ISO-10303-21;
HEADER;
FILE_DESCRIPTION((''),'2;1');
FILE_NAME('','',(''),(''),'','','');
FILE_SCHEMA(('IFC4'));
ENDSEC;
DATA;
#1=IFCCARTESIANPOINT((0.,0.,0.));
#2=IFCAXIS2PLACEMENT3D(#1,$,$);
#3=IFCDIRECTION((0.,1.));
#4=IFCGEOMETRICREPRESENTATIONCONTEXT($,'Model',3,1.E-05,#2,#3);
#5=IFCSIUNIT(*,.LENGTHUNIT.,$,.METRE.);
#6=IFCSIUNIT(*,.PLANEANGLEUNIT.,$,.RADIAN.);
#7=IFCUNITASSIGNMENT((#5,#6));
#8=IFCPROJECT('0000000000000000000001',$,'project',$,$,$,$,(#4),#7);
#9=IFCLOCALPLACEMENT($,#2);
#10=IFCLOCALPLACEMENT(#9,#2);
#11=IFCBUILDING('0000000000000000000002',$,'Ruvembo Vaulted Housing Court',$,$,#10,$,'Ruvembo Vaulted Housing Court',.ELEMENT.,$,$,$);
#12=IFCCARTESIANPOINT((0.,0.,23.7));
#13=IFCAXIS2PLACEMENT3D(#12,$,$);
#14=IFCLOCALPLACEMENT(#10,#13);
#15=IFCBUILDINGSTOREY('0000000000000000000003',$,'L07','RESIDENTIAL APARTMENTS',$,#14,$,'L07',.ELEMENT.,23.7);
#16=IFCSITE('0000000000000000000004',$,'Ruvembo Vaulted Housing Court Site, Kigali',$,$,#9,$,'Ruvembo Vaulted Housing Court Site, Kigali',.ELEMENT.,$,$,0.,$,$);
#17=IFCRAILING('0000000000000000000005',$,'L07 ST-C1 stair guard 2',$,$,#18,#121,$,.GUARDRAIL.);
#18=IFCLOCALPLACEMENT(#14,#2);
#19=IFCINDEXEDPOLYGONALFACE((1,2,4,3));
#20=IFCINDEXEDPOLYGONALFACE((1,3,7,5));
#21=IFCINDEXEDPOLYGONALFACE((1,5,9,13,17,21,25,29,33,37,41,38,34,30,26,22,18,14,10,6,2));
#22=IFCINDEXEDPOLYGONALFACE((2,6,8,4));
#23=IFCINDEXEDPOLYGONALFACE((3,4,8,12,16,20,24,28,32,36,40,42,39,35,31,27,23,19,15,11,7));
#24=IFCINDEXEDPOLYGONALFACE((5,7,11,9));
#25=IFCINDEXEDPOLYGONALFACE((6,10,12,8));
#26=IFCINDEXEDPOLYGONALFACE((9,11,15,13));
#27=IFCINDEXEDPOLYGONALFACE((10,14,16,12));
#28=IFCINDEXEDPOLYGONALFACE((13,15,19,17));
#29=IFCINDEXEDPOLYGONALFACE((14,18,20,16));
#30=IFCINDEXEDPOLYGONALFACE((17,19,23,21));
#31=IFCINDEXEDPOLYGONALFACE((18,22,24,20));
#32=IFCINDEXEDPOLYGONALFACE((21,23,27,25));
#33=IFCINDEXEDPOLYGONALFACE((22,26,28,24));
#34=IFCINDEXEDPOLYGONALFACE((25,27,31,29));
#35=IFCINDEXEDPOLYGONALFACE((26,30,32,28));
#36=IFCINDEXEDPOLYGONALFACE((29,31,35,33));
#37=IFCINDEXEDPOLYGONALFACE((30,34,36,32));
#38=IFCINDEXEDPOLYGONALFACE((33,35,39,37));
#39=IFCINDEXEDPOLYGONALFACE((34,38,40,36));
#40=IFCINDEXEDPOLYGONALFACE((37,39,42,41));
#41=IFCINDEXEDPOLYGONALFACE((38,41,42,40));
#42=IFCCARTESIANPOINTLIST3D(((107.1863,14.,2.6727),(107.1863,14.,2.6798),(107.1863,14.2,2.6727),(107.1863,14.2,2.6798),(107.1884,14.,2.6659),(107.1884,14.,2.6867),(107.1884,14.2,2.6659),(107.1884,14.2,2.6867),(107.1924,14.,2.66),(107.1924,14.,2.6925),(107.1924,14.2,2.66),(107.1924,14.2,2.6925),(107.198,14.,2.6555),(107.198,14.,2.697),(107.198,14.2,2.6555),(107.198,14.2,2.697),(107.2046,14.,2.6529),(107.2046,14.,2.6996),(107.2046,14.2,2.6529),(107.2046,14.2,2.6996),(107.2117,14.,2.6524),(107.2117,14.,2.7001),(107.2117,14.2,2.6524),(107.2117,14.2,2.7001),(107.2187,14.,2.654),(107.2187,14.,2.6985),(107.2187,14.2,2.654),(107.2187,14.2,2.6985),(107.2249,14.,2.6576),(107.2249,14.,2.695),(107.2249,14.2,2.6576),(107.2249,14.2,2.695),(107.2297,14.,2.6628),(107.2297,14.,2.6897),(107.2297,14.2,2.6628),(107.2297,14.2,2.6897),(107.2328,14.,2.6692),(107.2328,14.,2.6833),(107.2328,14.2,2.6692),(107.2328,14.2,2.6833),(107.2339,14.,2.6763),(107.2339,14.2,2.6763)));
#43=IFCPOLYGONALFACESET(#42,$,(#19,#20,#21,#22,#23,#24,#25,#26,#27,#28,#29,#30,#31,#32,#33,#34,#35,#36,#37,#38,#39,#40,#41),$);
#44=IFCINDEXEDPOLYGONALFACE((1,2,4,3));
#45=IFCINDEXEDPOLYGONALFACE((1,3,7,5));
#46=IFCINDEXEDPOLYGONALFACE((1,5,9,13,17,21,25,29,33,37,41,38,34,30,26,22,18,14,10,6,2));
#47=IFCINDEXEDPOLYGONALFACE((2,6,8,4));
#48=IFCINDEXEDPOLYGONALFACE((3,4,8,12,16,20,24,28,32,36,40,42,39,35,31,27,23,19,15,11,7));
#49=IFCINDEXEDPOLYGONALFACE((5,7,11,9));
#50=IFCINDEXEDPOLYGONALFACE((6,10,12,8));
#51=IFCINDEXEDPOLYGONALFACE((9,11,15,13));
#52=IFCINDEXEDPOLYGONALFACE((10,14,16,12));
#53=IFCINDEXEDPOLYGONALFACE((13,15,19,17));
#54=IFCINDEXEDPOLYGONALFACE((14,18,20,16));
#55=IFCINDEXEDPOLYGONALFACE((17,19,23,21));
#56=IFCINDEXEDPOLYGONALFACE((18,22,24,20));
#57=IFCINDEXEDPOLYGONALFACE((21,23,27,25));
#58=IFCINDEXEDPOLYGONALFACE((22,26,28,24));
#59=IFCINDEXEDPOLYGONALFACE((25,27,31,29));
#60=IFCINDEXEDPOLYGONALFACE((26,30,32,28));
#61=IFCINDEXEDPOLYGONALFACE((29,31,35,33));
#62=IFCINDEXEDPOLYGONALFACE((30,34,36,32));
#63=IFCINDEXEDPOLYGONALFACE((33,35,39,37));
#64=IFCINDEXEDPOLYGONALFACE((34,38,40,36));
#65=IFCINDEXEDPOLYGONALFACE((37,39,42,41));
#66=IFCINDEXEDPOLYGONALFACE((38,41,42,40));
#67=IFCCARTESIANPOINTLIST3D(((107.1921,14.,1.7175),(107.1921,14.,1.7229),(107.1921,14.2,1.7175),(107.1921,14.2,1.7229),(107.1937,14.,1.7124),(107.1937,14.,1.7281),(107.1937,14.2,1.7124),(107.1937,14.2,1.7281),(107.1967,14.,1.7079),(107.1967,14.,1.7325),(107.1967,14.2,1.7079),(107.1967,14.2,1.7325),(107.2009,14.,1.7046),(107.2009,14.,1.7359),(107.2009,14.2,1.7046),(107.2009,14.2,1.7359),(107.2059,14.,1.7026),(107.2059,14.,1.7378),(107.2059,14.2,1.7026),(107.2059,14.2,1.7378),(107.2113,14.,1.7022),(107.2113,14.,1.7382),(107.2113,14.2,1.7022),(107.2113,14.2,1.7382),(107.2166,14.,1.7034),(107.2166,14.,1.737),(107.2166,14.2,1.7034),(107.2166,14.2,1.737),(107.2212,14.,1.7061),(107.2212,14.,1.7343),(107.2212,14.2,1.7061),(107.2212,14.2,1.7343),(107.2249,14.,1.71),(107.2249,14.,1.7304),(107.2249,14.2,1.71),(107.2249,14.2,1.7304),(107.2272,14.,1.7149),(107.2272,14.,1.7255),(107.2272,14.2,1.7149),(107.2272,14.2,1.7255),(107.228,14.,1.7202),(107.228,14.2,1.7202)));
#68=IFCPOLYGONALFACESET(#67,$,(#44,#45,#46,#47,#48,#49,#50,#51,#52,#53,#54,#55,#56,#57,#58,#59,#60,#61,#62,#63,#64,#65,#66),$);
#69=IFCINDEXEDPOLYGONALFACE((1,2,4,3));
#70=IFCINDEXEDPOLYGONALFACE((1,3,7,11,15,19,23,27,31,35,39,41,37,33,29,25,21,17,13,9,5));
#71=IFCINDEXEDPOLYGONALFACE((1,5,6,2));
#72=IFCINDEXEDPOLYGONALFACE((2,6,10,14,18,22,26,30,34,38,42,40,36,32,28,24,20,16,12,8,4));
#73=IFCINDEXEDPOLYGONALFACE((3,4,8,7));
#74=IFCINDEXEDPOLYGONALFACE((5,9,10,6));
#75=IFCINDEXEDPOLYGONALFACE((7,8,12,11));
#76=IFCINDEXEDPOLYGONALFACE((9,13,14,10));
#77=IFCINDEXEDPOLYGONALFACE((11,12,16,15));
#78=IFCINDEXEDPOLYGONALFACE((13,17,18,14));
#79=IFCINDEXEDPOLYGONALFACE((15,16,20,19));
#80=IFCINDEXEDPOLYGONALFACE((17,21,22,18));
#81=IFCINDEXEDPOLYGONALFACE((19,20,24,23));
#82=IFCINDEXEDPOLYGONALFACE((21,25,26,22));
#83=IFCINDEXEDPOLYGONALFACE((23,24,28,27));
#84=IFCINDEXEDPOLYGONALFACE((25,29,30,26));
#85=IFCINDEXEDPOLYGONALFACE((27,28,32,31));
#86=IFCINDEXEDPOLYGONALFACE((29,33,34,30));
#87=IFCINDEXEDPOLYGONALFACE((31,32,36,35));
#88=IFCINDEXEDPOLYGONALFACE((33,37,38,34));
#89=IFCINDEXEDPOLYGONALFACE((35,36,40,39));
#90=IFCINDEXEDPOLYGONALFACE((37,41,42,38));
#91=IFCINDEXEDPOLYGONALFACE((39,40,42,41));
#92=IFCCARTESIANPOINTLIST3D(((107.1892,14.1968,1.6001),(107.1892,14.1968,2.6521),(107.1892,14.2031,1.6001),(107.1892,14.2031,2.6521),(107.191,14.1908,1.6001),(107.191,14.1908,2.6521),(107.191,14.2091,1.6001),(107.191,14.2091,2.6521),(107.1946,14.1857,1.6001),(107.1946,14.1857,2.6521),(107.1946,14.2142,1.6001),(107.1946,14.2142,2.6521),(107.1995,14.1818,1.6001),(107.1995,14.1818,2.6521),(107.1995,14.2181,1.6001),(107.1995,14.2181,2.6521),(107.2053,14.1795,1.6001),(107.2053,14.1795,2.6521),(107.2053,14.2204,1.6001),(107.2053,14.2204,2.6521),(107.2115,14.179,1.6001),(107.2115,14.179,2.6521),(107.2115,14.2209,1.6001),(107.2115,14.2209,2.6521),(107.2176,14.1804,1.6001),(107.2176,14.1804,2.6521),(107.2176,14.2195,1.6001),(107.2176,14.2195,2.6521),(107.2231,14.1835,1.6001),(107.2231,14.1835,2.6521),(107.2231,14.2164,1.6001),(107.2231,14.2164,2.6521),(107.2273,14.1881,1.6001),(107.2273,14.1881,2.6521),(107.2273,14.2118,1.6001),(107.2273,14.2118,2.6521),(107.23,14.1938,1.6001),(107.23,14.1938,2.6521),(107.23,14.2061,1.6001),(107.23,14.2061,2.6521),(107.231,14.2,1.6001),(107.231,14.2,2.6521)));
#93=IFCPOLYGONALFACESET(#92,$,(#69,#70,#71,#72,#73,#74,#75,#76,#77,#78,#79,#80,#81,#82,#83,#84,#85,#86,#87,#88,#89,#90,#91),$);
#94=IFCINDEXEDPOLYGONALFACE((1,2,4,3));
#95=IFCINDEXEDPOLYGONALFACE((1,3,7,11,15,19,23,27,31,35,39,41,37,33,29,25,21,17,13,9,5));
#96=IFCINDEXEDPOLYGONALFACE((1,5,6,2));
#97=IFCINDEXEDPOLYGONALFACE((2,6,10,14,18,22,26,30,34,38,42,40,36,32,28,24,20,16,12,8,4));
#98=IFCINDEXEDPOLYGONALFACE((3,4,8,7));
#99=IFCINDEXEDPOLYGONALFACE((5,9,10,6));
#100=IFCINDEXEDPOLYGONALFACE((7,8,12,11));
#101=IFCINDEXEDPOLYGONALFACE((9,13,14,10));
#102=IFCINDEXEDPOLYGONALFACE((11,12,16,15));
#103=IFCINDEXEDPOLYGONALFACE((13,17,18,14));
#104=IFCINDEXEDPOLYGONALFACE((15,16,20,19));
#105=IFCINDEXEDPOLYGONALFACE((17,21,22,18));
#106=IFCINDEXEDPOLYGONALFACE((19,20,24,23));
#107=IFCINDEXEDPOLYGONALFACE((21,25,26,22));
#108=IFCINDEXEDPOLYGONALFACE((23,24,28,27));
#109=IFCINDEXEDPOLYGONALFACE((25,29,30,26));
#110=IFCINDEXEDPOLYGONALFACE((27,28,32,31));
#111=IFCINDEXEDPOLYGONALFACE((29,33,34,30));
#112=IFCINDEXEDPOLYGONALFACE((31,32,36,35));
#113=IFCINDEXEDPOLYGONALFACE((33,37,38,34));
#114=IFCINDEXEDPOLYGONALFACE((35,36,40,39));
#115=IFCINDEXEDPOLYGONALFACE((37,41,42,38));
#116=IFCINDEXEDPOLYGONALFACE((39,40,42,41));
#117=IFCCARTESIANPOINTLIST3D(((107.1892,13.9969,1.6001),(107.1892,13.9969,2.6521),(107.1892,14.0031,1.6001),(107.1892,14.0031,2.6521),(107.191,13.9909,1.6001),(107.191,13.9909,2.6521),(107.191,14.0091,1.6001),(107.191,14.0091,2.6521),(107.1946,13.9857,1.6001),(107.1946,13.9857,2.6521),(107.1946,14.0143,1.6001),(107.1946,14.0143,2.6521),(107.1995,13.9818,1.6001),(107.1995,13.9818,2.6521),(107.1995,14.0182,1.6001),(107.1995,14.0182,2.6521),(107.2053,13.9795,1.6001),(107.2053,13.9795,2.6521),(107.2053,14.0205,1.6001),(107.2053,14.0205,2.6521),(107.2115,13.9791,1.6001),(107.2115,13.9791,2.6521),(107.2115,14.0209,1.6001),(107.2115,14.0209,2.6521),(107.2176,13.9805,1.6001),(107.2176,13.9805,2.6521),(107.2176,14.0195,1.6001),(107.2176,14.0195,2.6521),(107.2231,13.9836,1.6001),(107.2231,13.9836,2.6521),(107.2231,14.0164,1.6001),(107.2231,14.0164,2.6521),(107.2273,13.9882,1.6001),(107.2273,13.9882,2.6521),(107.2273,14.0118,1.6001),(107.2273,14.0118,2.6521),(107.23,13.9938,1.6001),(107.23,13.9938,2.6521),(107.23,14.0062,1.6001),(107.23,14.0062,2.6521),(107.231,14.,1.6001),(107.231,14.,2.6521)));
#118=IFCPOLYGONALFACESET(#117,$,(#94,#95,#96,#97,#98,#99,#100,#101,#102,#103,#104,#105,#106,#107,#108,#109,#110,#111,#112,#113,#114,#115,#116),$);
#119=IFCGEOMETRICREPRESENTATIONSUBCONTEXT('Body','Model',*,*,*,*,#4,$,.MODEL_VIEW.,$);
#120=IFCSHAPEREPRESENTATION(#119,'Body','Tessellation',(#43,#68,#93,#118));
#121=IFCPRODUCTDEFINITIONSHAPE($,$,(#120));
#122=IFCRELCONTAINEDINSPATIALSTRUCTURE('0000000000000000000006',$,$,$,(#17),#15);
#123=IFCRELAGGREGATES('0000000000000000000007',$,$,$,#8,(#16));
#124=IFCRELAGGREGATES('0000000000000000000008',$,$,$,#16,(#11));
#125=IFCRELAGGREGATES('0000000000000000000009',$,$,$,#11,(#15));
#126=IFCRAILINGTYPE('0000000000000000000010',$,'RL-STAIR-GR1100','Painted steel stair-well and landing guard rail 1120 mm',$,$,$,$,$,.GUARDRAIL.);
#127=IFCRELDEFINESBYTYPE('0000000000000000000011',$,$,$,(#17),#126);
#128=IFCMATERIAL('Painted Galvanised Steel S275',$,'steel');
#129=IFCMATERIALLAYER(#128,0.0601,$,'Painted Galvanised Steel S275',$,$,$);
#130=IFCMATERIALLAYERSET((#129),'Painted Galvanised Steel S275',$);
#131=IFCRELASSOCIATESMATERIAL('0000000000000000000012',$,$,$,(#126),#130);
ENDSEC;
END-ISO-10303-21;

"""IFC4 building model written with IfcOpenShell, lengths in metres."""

from ifc_helpers import new_model, si_unit, direction, frame, origin, origin_2d, place, context, subcontext, project, spatial, circle, extrude, material, layer, layer_set, type_object, element, save


model = new_model("IFC4")

# Units and contexts
model_context = context("Model", 3, precision=1e-05, world=origin(), true_north=direction((0.0, 1.0)))
body_context = subcontext(model_context, "Body", "Model", "MODEL_VIEW")
ifc_project = project(units=[si_unit("LENGTHUNIT", "METRE"), si_unit("PLANEANGLEUNIT", "RADIAN")], contexts=[model_context])

# Site, building, storey
site_placement = place(None, origin())
site = spatial("IfcSite", under=ifc_project, at=site_placement, Name="Ruvembo Vaulted Housing Court Site, Kigali", LongName="Ruvembo Vaulted Housing Court Site, Kigali", CompositionType="ELEMENT", RefElevation=0.0)
building_placement = place(site_placement, origin())
building = spatial("IfcBuilding", under=site, at=building_placement, Name="Ruvembo Vaulted Housing Court", LongName="Ruvembo Vaulted Housing Court", CompositionType="ELEMENT")
storey_placement = place(building_placement, frame((0.0, 0.0, 23.7)))
storey = spatial("IfcBuildingStorey", under=building, at=storey_placement, Name="L07", Description="RESIDENTIAL APARTMENTS", LongName="L07", CompositionType="ELEMENT", Elevation=23.7)

# Railing
ifc_material_1 = material(Name="Painted Galvanised Steel S275", Category="steel")
ifc_layer_1 = layer(ifc_material_1, 0.0601, Name="Painted Galvanised Steel S275")
ifc_layer_set_1 = layer_set([ifc_layer_1], Name="Painted Galvanised Steel S275")
railing_type_1 = type_object("IfcRailingType", Name="RL-STAIR-GR1100", Description="Painted steel stair-well and landing guard rail 1120 mm", PredefinedType="GUARDRAIL", material=ifc_layer_set_1)
railing_1_placement = place(storey_placement, frame((107.21, 14.2, 1.6001)))
element("IfcRailing", 1, at=railing_1_placement, inside=storey, type_object=railing_type_1, Name="L07 ST-C1 stair guard 2", PredefinedType="GUARDRAIL", context=body_context, shape_type="SweptSolid", body=[
    extrude(circle(Radius=0.0239, at=origin_2d()), frame((0.0, 0.0, 1.0762), z_axis=(0.0, -1.0, 0.0), x_axis=(1.0, 0.0, 0.0)), (0.0, 0.0, 1.0), 0.2),
    extrude(circle(Radius=0.0181, at=origin_2d()), frame((0.0, 0.0, 0.1201), z_axis=(0.0, -1.0, 0.0), x_axis=(1.0, 0.0, 0.0)), (0.0, 0.0, 1.0), 0.2),
    extrude(circle(Radius=0.021, at=origin_2d()), origin(), (0.0, 0.0, 1.0), 1.052),
    extrude(circle(Radius=0.021, at=origin_2d()), frame((0.0, -0.2, 0.0)), (0.0, 0.0, 1.0), 1.052),
])

save(model, "model.ifc")
